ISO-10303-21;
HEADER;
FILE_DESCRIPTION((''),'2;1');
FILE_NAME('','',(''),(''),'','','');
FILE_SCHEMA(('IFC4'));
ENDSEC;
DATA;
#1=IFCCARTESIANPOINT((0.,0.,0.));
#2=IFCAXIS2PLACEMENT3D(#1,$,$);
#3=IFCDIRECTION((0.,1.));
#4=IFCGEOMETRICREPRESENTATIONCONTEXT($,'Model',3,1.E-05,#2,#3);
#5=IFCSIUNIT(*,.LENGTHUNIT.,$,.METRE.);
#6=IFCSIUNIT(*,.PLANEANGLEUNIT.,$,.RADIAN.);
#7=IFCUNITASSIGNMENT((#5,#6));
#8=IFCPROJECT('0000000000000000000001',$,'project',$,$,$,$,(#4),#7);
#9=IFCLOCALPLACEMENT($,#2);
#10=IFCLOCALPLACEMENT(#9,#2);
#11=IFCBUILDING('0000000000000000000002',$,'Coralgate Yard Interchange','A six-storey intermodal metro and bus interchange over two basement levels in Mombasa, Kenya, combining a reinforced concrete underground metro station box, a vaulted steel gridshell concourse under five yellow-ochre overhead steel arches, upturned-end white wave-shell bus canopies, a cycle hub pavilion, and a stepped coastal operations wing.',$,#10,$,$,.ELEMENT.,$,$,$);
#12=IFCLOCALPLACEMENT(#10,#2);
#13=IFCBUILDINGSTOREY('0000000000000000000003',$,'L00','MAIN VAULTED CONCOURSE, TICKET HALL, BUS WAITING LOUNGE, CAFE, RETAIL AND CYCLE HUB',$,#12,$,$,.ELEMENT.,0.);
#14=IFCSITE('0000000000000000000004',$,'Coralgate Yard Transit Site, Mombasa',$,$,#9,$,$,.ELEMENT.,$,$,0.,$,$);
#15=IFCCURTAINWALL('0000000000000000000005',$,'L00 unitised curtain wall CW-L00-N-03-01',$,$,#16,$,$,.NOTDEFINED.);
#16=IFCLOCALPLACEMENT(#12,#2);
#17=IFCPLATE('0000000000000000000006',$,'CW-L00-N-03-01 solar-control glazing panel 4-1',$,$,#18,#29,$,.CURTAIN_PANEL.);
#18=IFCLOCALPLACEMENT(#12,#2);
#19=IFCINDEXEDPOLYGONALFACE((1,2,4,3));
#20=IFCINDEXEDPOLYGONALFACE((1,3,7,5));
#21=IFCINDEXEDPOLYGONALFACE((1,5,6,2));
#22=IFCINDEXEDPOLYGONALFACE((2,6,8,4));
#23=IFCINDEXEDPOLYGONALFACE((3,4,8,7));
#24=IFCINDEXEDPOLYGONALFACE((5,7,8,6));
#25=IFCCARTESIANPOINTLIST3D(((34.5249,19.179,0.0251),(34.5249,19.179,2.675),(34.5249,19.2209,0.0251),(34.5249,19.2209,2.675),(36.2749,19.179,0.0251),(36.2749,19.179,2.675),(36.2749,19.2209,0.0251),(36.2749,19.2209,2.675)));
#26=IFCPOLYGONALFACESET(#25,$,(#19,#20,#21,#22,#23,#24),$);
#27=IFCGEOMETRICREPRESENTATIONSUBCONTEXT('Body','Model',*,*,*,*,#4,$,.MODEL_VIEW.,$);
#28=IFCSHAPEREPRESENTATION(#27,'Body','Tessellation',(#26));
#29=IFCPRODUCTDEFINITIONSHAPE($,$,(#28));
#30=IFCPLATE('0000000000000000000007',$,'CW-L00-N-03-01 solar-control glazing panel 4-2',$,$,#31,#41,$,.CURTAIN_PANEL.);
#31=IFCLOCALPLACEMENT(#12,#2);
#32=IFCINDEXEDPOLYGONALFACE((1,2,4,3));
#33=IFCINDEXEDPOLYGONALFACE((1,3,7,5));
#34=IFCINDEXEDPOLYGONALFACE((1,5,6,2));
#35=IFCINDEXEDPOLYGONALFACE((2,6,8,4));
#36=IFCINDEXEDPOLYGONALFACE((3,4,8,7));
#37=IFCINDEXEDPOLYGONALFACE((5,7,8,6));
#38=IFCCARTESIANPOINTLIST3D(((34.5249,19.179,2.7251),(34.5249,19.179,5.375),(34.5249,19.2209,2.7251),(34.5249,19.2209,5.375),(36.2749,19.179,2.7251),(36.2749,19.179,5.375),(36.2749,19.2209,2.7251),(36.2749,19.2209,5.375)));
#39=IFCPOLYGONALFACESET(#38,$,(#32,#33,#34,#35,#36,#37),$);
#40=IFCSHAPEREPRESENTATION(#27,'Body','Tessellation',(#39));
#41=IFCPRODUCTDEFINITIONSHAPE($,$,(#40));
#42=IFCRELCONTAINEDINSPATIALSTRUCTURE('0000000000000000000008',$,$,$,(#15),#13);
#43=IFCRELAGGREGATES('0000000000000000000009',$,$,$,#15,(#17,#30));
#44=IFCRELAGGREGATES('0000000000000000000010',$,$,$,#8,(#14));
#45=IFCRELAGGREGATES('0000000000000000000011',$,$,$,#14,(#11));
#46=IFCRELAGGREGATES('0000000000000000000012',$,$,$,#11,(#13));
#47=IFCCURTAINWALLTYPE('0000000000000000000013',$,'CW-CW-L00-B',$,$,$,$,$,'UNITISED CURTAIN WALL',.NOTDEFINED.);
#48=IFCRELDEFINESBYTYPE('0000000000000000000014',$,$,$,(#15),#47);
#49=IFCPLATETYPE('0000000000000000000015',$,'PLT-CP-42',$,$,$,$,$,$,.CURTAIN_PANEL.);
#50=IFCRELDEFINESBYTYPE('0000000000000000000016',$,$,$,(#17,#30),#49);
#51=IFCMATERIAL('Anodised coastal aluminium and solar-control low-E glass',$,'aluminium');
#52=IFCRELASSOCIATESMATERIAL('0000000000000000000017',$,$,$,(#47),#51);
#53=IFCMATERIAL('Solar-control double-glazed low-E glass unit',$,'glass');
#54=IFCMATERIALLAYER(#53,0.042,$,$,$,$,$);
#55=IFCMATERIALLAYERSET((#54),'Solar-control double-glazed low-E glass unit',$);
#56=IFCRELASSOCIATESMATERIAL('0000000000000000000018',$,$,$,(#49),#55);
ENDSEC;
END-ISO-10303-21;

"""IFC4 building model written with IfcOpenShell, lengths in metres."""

from ifc_helpers import new_model, si_unit, direction, frame, origin, origin_2d, place, context, subcontext, project, spatial, rectangle, extrude, material, layer, layer_set, type_object, element, aggregate, save


model = new_model("IFC4")

# Units and contexts
model_context = context("Model", 3, precision=1e-05, world=origin(), true_north=direction((0.0, 1.0)))
body_context = subcontext(model_context, "Body", "Model", "MODEL_VIEW")
ifc_project = project(units=[si_unit("LENGTHUNIT", "METRE"), si_unit("PLANEANGLEUNIT", "RADIAN")], contexts=[model_context])

# Site, building, storey
site_placement = place(None, origin())
site = spatial("IfcSite", under=ifc_project, at=site_placement, Name="Coralgate Yard Transit Site, Mombasa", CompositionType="ELEMENT", RefElevation=0.0)
building_placement = place(site_placement, origin())
building = spatial("IfcBuilding", under=site, at=building_placement, Name="Coralgate Yard Interchange", Description="A six-storey intermodal metro and bus interchange over two basement levels in Mombasa, Kenya, combining a reinforced concrete underground metro station box, a vaulted steel gridshell concourse under five yellow-ochre overhead steel arches, upturned-end white wave-shell bus canopies, a cycle hub pavilion, and a stepped coastal operations wing.", CompositionType="ELEMENT")
storey_placement = place(building_placement, origin())
storey = spatial("IfcBuildingStorey", under=building, at=storey_placement, Name="L00", Description="MAIN VAULTED CONCOURSE, TICKET HALL, BUS WAITING LOUNGE, CAFE, RETAIL AND CYCLE HUB", CompositionType="ELEMENT", Elevation=0.0)

# Shared definitions
ifc_material_1 = material(Name="Anodised coastal aluminium and solar-control low-E glass", Category="aluminium")
curtain_wall_type_1 = type_object("IfcCurtainWallType", Name="CW-CW-L00-B", ElementType="UNITISED CURTAIN WALL", PredefinedType="NOTDEFINED", material=ifc_material_1)

# Curtain wall
curtain_wall_1_placement = place(storey_placement, origin())
curtain_wall_1 = element("IfcCurtainWall", 1, at=curtain_wall_1_placement, inside=storey, type_object=curtain_wall_type_1, Name="L00 unitised curtain wall CW-L00-N-03-01", PredefinedType="NOTDEFINED")

# Plates
ifc_material_2 = material(Name="Solar-control double-glazed low-E glass unit", Category="glass")
ifc_layer = layer(ifc_material_2, 0.042)
ifc_layer_set = layer_set([ifc_layer], Name="Solar-control double-glazed low-E glass unit")
plate_type = type_object("IfcPlateType", Name="PLT-CP-42", PredefinedType="CURTAIN_PANEL", material=ifc_layer_set)
plate_1_placement = place(storey_placement, frame((35.3999, 19.2, 0.0251), z_axis=(0.0, 0.0, 1.0), x_axis=(1.0, 0.0, 0.0)))
plate_1 = element("IfcPlate", 2, at=plate_1_placement, type_object=plate_type, Name="CW-L00-N-03-01 solar-control glazing panel 4-1", PredefinedType="CURTAIN_PANEL", context=body_context, shape_type="SweptSolid", body=[
    extrude(rectangle(XDim=1.75, YDim=0.042, at=origin_2d()), origin(), (0.0, 0.0, 1.0), 2.6499),
])
plate_2_placement = place(storey_placement, frame((35.3999, 19.2, 2.7251), z_axis=(0.0, 0.0, 1.0), x_axis=(1.0, 0.0, 0.0)))
plate_2 = element("IfcPlate", 3, at=plate_2_placement, type_object=plate_type, Name="CW-L00-N-03-01 solar-control glazing panel 4-2", PredefinedType="CURTAIN_PANEL", context=body_context, shape_type="SweptSolid", body=[
    extrude(rectangle(XDim=1.75, YDim=0.042, at=origin_2d()), origin(), (0.0, 0.0, 1.0), 2.6499),
])
aggregate(curtain_wall_1, [plate_1, plate_2])

save(model, "model.ifc")
